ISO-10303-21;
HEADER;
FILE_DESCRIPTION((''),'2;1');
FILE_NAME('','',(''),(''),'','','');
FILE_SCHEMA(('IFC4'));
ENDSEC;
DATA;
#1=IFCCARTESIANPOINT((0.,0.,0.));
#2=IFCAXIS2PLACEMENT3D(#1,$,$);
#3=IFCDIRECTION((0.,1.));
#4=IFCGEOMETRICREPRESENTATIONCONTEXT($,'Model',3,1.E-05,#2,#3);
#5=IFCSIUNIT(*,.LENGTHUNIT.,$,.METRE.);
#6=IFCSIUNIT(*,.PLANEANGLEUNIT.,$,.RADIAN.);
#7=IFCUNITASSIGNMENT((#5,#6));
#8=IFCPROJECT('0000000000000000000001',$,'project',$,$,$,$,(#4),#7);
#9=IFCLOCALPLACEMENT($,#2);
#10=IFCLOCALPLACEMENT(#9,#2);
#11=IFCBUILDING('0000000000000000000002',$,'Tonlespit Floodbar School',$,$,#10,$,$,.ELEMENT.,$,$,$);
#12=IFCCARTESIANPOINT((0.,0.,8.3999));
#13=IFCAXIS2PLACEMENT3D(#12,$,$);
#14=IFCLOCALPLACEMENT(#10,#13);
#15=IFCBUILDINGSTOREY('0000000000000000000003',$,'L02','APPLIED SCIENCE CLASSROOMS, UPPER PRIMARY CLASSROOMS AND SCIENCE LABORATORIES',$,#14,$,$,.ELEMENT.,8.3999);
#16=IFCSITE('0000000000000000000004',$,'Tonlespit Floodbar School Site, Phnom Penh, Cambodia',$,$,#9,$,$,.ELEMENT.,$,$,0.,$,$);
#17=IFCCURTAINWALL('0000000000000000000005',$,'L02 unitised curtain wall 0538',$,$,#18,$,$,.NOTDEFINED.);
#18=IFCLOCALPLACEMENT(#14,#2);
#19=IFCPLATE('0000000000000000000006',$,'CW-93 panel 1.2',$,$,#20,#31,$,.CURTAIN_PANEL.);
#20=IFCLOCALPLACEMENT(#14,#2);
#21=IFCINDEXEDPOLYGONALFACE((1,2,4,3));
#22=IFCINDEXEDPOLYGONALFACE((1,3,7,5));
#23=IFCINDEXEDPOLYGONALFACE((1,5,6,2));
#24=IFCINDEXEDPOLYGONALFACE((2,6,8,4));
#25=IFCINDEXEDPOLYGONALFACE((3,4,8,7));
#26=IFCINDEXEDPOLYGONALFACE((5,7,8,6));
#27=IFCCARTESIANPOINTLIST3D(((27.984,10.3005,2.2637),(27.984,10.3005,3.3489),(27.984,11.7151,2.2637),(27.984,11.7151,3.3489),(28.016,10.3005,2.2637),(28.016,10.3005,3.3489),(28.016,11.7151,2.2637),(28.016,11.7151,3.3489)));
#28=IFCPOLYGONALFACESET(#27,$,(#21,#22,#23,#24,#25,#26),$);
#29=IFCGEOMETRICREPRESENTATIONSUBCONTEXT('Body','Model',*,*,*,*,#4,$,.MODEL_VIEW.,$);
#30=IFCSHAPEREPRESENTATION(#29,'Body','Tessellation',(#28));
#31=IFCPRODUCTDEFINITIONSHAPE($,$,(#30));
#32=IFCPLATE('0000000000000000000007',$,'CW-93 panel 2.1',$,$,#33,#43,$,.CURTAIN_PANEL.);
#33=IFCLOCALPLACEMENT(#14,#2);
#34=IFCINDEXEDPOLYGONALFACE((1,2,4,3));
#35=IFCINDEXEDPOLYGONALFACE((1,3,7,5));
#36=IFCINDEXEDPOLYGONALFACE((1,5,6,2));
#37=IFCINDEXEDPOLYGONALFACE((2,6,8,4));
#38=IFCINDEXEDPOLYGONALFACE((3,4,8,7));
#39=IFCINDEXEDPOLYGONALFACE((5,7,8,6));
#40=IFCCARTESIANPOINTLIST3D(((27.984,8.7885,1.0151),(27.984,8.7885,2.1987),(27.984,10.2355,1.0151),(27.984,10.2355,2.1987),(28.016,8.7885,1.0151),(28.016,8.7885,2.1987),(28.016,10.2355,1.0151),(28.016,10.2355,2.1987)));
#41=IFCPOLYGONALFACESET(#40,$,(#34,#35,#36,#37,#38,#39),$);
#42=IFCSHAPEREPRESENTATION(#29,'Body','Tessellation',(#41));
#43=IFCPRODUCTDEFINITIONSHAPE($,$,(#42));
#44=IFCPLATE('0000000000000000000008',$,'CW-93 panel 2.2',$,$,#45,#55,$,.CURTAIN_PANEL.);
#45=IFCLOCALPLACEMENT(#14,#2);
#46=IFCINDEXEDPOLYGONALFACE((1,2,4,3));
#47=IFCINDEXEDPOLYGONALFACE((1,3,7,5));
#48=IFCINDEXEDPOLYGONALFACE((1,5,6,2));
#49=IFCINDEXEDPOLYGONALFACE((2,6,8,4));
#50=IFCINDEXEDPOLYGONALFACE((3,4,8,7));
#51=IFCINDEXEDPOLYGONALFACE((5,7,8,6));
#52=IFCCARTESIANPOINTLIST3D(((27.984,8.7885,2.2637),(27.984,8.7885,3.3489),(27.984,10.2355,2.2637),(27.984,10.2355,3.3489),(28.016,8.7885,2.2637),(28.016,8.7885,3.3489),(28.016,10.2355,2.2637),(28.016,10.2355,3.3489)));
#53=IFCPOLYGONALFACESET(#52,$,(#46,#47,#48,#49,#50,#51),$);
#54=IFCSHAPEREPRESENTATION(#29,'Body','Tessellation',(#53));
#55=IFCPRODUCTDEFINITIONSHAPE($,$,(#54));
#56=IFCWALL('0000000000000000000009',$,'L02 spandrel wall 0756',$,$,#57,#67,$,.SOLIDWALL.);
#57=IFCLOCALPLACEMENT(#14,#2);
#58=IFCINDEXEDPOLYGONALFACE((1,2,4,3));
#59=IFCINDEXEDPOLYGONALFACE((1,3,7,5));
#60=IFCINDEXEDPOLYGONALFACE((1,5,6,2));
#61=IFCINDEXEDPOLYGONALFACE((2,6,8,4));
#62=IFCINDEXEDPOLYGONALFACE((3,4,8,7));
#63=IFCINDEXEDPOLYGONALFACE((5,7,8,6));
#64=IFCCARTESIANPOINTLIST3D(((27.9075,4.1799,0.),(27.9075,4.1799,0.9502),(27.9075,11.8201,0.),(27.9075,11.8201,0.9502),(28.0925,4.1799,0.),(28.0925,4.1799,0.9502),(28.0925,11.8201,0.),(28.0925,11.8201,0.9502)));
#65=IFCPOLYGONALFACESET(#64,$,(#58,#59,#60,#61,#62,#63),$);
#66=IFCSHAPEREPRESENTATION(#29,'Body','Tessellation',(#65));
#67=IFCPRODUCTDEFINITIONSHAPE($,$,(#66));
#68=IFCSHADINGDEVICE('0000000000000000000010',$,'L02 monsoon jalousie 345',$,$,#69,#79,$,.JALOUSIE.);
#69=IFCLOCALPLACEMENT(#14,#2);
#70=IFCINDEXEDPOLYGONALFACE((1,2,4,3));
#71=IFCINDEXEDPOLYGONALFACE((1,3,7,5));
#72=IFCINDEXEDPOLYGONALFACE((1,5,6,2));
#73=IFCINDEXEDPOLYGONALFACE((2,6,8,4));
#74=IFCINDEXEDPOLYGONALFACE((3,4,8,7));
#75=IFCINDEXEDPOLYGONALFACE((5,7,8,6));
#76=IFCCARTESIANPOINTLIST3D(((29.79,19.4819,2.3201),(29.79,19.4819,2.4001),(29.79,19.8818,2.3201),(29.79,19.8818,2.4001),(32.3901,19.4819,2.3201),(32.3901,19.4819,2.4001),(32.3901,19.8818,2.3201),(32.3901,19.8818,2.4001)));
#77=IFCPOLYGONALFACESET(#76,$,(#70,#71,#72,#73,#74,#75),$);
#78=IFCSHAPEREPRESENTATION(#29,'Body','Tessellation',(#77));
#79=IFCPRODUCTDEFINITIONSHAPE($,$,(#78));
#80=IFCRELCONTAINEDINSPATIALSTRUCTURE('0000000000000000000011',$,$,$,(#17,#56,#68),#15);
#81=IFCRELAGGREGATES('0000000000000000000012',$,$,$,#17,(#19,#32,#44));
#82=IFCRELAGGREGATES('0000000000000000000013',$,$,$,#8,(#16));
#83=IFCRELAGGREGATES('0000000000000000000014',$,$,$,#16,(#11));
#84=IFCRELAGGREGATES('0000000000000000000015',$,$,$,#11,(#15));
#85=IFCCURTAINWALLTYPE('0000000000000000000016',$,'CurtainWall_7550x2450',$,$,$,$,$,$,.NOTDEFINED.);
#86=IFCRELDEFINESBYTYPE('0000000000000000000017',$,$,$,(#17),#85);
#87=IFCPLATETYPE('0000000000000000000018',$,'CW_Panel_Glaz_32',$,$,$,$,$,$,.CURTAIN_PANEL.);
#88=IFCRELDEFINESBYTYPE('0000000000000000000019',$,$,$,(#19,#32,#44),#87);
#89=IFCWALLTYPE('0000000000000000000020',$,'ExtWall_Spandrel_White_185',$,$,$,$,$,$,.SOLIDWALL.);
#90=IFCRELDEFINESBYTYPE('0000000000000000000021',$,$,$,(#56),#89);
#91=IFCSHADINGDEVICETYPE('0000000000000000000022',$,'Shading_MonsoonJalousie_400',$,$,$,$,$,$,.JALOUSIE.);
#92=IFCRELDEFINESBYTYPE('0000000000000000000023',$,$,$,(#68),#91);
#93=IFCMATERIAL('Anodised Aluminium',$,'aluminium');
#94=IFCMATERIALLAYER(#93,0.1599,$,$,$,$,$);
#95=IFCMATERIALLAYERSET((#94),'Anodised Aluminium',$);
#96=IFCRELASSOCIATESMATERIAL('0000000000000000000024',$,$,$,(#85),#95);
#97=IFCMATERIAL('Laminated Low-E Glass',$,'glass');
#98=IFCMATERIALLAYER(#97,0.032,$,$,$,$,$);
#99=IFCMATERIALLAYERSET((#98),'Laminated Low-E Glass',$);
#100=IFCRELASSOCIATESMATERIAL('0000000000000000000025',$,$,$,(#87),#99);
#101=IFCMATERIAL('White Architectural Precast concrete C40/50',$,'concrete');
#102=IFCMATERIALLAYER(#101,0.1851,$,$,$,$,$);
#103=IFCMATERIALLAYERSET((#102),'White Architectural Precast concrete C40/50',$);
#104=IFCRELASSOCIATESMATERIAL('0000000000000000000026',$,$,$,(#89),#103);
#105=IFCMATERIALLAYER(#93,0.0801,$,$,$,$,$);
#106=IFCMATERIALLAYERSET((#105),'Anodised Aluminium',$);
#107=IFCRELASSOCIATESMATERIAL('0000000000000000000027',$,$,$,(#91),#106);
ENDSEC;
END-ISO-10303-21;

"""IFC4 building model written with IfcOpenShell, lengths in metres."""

from ifc_helpers import new_model, si_unit, direction, frame, frame_2d, origin, origin_2d, place, context, subcontext, project, spatial, rectangle, extrude, material, layer, layer_set, type_object, element, aggregate, save


model = new_model("IFC4")

# Units and contexts
model_context = context("Model", 3, precision=1e-05, world=origin(), true_north=direction((0.0, 1.0)))
body_context = subcontext(model_context, "Body", "Model", "MODEL_VIEW")
ifc_project = project(units=[si_unit("LENGTHUNIT", "METRE"), si_unit("PLANEANGLEUNIT", "RADIAN")], contexts=[model_context])

# Site, building, storey
site_placement = place(None, origin())
site = spatial("IfcSite", under=ifc_project, at=site_placement, Name="Tonlespit Floodbar School Site, Phnom Penh, Cambodia", CompositionType="ELEMENT", RefElevation=0.0)
building_placement = place(site_placement, origin())
building = spatial("IfcBuilding", under=site, at=building_placement, Name="Tonlespit Floodbar School", CompositionType="ELEMENT")
storey_placement = place(building_placement, frame((0.0, 0.0, 8.3999)))
storey = spatial("IfcBuildingStorey", under=building, at=storey_placement, Name="L02", Description="APPLIED SCIENCE CLASSROOMS, UPPER PRIMARY CLASSROOMS AND SCIENCE LABORATORIES", CompositionType="ELEMENT", Elevation=8.3999)

# Curtain wall, plates
ifc_material_1 = material(Name="Anodised Aluminium", Category="aluminium")
ifc_layer_1 = layer(ifc_material_1, 0.1599)
ifc_layer_set_1 = layer_set([ifc_layer_1], Name="Anodised Aluminium")
curtain_wall_type = type_object("IfcCurtainWallType", Name="CurtainWall_7550x2450", PredefinedType="NOTDEFINED", material=ifc_layer_set_1)
curtain_wall_placement = place(storey_placement, origin())
curtain_wall = element("IfcCurtainWall", 1, at=curtain_wall_placement, inside=storey, type_object=curtain_wall_type, Name="L02 unitised curtain wall 0538", PredefinedType="NOTDEFINED")
ifc_material_2 = material(Name="Laminated Low-E Glass", Category="glass")
ifc_layer_2 = layer(ifc_material_2, 0.032)
ifc_layer_set_2 = layer_set([ifc_layer_2], Name="Laminated Low-E Glass")
plate_type = type_object("IfcPlateType", Name="CW_Panel_Glaz_32", PredefinedType="CURTAIN_PANEL", material=ifc_layer_set_2)
plate_1_placement = place(storey_placement, frame((28.0, 11.0078, 2.2637), z_axis=(0.0, 0.0, 1.0), x_axis=(0.0, -1.0, 0.0)))
plate_1 = element("IfcPlate", 2, at=plate_1_placement, type_object=plate_type, Name="CW-93 panel 1.2", PredefinedType="CURTAIN_PANEL", context=body_context, shape_type="SweptSolid", body=[
    extrude(rectangle(XDim=1.4146, YDim=0.032, at=origin_2d()), origin(), (0.0, 0.0, 1.0), 1.0852),
])
plate_2_placement = place(storey_placement, frame((28.0, 9.512, 1.0151), z_axis=(0.0, 0.0, 1.0), x_axis=(0.0, -1.0, 0.0)))
plate_2 = element("IfcPlate", 3, at=plate_2_placement, type_object=plate_type, Name="CW-93 panel 2.1", PredefinedType="CURTAIN_PANEL", context=body_context, shape_type="SweptSolid", body=[
    extrude(rectangle(XDim=1.447, YDim=0.032, at=origin_2d()), origin(), (0.0, 0.0, 1.0), 1.1836),
])
plate_3_placement = place(storey_placement, frame((28.0, 9.512, 2.2637), z_axis=(0.0, 0.0, 1.0), x_axis=(0.0, -1.0, 0.0)))
plate_3 = element("IfcPlate", 4, at=plate_3_placement, type_object=plate_type, Name="CW-93 panel 2.2", PredefinedType="CURTAIN_PANEL", context=body_context, shape_type="SweptSolid", body=[
    extrude(rectangle(XDim=1.447, YDim=0.032, at=origin_2d()), origin(), (0.0, 0.0, 1.0), 1.0852),
])
aggregate(curtain_wall, [plate_1, plate_2, plate_3])

# Wall
ifc_material_3 = material(Name="White Architectural Precast concrete C40/50", Category="concrete")
ifc_layer_3 = layer(ifc_material_3, 0.1851)
ifc_layer_set_3 = layer_set([ifc_layer_3], Name="White Architectural Precast concrete C40/50")
wall_type_1 = type_object("IfcWallType", Name="ExtWall_Spandrel_White_185", PredefinedType="SOLIDWALL", material=ifc_layer_set_3)
wall_1_placement = place(storey_placement, frame((28.0, 11.8201, 0.0), z_axis=(0.0, 0.0, 1.0), x_axis=(0.0, -1.0, 0.0)))
element("IfcWall", 5, at=wall_1_placement, inside=storey, type_object=wall_type_1, Name="L02 spandrel wall 0756", PredefinedType="SOLIDWALL", context=body_context, shape_type="SweptSolid", body=[
    extrude(rectangle(XDim=7.6401, YDim=0.1851, at=frame_2d((3.8201, 0.0))), origin(), (0.0, 0.0, 1.0), 0.9502),
])

# Shading device
ifc_layer_4 = layer(ifc_material_1, 0.0801)
ifc_layer_set_4 = layer_set([ifc_layer_4], Name="Anodised Aluminium")
shading_device_type = type_object("IfcShadingDeviceType", Name="Shading_MonsoonJalousie_400", PredefinedType="JALOUSIE", material=ifc_layer_set_4)
shading_device_placement = place(storey_placement, frame((31.0901, 19.6819, 2.3201), z_axis=(0.0, 0.0, 1.0), x_axis=(-1.0, 0.0, 0.0)))
element("IfcShadingDevice", 6, at=shading_device_placement, inside=storey, type_object=shading_device_type, Name="L02 monsoon jalousie 345", PredefinedType="JALOUSIE", context=body_context, shape_type="SweptSolid", body=[
    extrude(rectangle(XDim=2.6001, YDim=0.3999, at=origin_2d()), origin(), (0.0, 0.0, 1.0), 0.0801),
])

save(model, "model.ifc")
